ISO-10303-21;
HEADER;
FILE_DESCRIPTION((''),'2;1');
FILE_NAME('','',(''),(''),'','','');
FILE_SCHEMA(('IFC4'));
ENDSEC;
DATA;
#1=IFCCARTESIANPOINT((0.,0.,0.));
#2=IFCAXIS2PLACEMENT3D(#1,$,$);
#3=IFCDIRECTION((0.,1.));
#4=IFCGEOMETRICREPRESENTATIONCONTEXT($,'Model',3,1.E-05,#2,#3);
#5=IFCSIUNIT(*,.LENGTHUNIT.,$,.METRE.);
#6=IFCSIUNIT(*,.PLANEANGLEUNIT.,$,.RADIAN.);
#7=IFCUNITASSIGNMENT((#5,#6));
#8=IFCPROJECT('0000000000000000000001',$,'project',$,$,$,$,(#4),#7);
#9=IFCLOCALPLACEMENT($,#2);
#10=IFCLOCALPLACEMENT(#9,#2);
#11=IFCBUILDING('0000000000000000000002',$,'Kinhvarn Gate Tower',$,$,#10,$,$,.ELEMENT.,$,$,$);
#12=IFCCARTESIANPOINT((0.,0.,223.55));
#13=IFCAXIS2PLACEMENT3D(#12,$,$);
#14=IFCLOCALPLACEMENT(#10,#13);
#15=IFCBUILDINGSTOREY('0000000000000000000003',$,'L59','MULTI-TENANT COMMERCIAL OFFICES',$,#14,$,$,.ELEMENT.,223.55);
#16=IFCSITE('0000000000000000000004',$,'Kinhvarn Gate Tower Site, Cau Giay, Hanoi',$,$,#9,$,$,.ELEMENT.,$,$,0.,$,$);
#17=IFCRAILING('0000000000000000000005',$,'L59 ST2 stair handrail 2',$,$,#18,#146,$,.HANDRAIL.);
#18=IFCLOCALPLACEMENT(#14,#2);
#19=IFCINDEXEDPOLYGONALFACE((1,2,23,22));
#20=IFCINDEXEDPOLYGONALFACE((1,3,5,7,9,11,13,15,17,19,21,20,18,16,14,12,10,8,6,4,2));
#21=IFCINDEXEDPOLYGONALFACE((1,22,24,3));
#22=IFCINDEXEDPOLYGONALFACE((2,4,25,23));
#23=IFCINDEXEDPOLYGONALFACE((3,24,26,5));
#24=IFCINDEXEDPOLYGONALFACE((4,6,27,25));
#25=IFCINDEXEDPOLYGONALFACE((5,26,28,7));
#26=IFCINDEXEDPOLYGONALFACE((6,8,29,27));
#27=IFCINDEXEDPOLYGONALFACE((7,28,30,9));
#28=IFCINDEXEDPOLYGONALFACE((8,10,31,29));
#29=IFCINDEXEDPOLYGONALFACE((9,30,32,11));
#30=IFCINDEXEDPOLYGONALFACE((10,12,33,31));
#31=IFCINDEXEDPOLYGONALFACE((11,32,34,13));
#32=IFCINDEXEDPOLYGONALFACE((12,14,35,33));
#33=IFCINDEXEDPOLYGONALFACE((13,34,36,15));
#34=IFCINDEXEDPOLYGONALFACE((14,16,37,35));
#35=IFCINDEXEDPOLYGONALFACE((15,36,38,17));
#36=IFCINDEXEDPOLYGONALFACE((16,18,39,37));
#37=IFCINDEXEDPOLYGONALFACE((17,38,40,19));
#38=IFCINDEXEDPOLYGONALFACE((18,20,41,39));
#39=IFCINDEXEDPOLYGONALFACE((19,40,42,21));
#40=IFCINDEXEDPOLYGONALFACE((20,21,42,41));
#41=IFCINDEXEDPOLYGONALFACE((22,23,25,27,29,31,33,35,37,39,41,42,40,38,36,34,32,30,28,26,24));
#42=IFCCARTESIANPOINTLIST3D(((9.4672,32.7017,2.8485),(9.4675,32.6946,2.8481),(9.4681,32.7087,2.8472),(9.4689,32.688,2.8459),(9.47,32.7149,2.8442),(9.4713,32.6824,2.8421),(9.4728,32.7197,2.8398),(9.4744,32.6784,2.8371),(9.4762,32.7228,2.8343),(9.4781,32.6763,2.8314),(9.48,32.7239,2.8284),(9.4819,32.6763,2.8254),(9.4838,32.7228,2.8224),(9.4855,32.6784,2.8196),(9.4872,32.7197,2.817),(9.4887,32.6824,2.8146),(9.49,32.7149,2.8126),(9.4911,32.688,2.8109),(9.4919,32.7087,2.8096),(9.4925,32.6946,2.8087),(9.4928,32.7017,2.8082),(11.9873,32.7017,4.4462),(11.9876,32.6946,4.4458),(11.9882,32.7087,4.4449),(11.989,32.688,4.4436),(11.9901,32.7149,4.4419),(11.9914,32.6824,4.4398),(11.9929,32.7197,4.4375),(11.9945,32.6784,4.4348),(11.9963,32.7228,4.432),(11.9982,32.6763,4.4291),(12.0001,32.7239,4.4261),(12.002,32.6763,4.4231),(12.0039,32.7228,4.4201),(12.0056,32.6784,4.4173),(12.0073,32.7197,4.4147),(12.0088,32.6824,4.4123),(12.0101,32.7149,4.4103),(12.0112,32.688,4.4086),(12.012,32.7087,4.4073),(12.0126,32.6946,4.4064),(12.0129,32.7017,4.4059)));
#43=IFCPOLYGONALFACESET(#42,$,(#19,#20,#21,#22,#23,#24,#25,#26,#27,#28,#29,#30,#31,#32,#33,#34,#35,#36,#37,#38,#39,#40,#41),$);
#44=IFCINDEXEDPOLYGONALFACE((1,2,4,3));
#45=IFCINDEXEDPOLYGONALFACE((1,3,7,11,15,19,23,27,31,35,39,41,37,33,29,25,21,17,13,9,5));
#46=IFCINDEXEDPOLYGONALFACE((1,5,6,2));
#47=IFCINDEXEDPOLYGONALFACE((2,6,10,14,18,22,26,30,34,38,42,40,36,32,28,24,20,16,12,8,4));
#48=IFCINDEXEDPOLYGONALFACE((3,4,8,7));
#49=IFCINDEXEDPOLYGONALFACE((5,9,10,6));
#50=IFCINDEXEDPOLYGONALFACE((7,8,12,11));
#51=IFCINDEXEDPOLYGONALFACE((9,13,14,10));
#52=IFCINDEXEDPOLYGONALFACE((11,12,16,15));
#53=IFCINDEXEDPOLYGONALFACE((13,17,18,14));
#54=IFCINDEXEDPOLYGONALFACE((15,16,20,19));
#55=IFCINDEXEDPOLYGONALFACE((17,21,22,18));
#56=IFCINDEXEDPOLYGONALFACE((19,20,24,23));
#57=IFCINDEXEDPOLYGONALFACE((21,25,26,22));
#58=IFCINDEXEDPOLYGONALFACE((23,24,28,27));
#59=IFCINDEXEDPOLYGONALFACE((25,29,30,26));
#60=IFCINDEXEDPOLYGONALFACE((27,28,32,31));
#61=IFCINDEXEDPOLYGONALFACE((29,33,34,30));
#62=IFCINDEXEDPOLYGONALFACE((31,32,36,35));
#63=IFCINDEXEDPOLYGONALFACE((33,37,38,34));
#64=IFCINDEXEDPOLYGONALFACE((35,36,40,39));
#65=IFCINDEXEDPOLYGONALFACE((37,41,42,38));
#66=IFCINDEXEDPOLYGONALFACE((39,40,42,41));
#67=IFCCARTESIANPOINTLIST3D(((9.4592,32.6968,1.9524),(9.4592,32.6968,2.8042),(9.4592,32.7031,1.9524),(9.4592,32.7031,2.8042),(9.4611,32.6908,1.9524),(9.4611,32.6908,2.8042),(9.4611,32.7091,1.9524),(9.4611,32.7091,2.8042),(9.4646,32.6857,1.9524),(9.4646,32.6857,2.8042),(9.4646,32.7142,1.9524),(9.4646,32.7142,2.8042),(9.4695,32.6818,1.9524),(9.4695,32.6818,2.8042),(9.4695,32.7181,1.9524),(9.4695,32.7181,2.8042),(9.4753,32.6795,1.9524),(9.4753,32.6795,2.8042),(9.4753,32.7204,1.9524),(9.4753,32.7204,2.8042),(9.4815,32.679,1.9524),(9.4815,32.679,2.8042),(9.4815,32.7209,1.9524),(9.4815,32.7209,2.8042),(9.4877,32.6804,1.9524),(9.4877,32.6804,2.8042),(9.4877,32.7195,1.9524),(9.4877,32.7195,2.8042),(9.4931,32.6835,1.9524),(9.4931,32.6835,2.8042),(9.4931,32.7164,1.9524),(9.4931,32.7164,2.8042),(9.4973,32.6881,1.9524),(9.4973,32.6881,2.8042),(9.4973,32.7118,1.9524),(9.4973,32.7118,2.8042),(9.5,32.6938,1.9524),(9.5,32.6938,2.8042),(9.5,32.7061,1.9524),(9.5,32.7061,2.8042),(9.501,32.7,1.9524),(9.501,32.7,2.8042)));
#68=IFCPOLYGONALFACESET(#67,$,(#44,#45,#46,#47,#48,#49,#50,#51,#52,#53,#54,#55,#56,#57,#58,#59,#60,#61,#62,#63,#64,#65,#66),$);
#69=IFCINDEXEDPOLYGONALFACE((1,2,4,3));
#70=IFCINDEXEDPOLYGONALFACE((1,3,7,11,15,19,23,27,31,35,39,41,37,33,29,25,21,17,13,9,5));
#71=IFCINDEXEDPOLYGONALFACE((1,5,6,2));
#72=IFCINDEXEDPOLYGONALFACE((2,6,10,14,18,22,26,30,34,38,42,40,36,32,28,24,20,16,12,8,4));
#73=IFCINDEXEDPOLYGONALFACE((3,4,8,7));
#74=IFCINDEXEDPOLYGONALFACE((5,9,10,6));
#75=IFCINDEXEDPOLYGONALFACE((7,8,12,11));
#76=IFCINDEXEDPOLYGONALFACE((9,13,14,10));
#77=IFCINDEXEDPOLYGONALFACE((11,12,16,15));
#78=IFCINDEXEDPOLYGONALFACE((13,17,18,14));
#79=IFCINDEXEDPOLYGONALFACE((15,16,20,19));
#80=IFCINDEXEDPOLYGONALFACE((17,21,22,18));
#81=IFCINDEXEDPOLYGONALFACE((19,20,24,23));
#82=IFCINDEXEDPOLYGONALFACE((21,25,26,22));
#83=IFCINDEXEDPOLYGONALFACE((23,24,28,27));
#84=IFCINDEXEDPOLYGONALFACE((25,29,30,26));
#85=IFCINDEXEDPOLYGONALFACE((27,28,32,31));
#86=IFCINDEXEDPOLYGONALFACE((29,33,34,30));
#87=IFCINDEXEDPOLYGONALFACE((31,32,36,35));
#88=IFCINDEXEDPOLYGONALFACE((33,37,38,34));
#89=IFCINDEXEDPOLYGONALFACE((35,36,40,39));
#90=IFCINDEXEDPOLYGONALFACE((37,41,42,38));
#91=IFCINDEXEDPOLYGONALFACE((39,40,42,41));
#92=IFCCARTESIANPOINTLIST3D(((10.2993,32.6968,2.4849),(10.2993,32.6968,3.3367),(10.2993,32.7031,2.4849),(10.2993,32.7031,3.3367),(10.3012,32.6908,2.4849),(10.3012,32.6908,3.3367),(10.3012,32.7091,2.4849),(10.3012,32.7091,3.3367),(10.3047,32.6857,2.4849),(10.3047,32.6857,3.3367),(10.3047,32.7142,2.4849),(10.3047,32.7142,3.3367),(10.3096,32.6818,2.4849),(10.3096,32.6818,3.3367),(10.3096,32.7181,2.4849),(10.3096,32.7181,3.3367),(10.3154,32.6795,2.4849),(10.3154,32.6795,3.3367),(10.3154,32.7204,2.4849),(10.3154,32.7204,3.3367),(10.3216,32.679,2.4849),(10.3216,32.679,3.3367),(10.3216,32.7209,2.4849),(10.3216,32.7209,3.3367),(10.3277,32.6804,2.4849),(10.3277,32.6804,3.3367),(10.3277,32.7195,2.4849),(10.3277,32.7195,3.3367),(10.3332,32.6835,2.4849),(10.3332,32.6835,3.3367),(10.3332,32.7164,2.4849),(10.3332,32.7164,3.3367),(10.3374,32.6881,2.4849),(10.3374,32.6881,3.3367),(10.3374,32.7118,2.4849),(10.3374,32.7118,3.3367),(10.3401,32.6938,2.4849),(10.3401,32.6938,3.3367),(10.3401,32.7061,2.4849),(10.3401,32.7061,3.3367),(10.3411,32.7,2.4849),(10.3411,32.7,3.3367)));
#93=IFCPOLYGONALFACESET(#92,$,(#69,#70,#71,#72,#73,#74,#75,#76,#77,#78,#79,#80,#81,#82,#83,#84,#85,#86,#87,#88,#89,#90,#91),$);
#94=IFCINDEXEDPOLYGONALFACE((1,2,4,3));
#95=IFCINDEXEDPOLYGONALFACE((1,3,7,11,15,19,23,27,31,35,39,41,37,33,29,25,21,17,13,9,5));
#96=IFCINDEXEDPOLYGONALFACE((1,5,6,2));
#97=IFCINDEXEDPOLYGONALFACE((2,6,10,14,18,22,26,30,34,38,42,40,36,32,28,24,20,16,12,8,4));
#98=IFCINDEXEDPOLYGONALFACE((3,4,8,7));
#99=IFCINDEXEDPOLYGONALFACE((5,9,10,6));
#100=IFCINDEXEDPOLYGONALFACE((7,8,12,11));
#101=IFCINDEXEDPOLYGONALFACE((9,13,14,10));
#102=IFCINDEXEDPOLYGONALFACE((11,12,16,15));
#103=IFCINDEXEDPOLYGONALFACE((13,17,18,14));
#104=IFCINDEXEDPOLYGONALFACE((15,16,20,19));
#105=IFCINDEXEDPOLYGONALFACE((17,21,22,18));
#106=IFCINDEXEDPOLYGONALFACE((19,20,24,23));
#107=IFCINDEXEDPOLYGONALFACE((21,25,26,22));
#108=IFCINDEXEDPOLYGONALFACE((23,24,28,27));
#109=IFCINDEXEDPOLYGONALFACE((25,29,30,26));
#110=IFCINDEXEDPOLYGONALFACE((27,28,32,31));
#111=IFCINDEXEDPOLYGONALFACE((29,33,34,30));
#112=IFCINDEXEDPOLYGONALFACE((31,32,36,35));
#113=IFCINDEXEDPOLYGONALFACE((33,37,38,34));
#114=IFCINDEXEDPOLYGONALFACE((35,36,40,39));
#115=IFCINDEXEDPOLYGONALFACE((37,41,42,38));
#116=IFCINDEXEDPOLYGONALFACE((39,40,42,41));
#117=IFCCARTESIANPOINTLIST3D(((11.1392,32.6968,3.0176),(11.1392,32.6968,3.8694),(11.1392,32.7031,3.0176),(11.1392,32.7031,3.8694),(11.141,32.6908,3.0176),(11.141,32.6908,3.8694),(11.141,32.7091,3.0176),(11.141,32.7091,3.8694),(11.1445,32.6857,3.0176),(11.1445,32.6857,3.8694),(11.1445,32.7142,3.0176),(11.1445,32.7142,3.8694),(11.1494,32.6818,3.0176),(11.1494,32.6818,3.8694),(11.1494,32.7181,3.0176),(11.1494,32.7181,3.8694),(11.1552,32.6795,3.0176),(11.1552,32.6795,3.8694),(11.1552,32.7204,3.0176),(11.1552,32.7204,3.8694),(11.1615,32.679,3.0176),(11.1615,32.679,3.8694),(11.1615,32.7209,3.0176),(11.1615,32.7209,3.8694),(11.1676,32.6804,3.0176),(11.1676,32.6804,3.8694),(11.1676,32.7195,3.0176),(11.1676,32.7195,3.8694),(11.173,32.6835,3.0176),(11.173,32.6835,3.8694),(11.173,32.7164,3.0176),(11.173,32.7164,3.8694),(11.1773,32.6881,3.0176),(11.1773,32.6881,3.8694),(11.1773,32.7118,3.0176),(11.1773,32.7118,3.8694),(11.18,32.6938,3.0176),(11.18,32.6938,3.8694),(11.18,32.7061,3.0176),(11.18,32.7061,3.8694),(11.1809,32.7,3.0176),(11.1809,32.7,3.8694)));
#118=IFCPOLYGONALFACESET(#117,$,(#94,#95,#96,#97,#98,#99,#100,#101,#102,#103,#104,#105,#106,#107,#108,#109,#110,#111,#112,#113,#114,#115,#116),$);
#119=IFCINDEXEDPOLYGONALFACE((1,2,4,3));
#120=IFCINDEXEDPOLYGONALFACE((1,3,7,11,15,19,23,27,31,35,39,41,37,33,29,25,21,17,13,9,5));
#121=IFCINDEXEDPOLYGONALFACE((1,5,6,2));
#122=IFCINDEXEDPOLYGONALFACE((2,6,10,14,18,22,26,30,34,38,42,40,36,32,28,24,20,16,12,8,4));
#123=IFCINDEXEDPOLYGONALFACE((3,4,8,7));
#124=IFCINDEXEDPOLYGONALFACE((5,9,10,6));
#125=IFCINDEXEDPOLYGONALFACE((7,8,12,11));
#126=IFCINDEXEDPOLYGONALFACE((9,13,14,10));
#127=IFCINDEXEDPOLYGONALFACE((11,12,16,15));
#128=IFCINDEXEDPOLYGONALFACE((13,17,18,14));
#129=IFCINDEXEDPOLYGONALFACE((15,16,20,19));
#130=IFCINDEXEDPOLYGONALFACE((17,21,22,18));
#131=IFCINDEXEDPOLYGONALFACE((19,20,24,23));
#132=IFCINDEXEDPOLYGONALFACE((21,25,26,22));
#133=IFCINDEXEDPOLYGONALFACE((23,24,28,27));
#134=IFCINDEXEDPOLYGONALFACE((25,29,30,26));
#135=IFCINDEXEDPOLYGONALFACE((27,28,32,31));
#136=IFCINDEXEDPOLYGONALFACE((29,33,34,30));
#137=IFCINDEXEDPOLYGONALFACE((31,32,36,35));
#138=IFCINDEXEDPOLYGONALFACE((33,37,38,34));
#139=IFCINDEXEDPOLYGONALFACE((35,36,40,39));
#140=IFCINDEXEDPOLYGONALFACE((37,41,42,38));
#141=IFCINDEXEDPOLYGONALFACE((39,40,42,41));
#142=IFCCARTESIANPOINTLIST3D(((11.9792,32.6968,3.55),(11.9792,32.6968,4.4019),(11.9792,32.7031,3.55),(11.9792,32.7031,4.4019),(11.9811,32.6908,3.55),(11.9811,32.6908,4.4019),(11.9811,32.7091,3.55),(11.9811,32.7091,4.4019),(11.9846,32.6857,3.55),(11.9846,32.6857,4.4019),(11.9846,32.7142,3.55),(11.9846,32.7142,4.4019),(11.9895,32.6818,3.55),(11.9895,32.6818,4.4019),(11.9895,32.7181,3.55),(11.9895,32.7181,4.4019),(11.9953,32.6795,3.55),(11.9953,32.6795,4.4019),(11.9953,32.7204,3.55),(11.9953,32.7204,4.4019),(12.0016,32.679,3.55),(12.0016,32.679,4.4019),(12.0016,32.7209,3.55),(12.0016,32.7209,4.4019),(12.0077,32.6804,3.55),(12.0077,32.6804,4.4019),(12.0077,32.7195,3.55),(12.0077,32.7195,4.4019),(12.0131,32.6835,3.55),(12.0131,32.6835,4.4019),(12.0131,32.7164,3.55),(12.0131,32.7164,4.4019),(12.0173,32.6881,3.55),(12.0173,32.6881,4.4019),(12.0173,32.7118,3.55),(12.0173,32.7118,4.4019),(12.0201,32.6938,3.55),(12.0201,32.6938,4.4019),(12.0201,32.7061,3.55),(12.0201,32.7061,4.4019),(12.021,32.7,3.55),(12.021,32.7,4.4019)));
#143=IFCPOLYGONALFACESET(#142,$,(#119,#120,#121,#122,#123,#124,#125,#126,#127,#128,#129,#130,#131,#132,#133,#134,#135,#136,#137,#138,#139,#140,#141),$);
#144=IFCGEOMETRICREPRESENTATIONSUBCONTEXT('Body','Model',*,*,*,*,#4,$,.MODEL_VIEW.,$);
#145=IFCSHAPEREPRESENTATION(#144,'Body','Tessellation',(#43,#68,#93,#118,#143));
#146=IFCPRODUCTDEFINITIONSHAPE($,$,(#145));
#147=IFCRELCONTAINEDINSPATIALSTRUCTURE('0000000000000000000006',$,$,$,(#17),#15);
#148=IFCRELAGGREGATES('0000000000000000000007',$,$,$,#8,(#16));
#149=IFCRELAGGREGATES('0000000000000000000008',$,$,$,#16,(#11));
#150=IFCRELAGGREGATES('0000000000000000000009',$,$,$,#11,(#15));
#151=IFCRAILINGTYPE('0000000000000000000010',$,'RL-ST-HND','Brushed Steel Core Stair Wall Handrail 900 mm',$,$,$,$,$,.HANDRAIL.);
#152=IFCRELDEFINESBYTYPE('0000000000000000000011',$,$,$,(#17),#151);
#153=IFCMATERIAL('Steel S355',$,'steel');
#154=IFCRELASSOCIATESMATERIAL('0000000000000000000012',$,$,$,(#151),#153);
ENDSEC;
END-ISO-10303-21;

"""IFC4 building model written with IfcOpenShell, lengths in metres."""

from ifc_helpers import new_model, si_unit, direction, frame, origin, origin_2d, place, context, subcontext, project, spatial, circle, extrude, material, type_object, element, save


model = new_model("IFC4")

# Units and contexts
model_context = context("Model", 3, precision=1e-05, world=origin(), true_north=direction((0.0, 1.0)))
body_context = subcontext(model_context, "Body", "Model", "MODEL_VIEW")
ifc_project = project(units=[si_unit("LENGTHUNIT", "METRE"), si_unit("PLANEANGLEUNIT", "RADIAN")], contexts=[model_context])

# Site, building, storey
site_placement = place(None, origin())
site = spatial("IfcSite", under=ifc_project, at=site_placement, Name="Kinhvarn Gate Tower Site, Cau Giay, Hanoi", CompositionType="ELEMENT", RefElevation=0.0)
building_placement = place(site_placement, origin())
building = spatial("IfcBuilding", under=site, at=building_placement, Name="Kinhvarn Gate Tower", CompositionType="ELEMENT")
storey_placement = place(building_placement, frame((0.0, 0.0, 223.55)))
storey = spatial("IfcBuildingStorey", under=building, at=storey_placement, Name="L59", Description="MULTI-TENANT COMMERCIAL OFFICES", CompositionType="ELEMENT", Elevation=223.55)

# Railing
ifc_material_1 = material(Name="Steel S355", Category="steel")
railing_type_1 = type_object("IfcRailingType", Name="RL-ST-HND", Description="Brushed Steel Core Stair Wall Handrail 900 mm", PredefinedType="HANDRAIL", material=ifc_material_1)
railing_1_placement = place(storey_placement, frame((9.48, 32.7, 1.9524)))
element("IfcRailing", 1, at=railing_1_placement, inside=storey, type_object=railing_type_1, Name="L59 ST2 stair handrail 2", PredefinedType="HANDRAIL", context=body_context, shape_type="SweptSolid", body=[
    extrude(circle(Radius=0.0239, at=origin_2d()), frame((0.0, 0.0, 0.876), z_axis=(0.84457, 0.0, 0.535445), x_axis=(0.0, 1.0, 0.0)), (0.0, 0.0, 1.0), 2.9839),
    extrude(circle(Radius=0.021, at=origin_2d()), origin(), (0.0, 0.0, 1.0), 0.8518),
    extrude(circle(Radius=0.021, at=origin_2d()), frame((0.8401, 0.0, 0.5325)), (0.0, 0.0, 1.0), 0.8518),
    extrude(circle(Radius=0.021, at=origin_2d()), frame((1.6799, 0.0, 1.0652)), (0.0, 0.0, 1.0), 0.8518),
    extrude(circle(Radius=0.021, at=origin_2d()), frame((2.52, 0.0, 1.5977)), (0.0, 0.0, 1.0), 0.8518),
])

save(model, "model.ifc")
